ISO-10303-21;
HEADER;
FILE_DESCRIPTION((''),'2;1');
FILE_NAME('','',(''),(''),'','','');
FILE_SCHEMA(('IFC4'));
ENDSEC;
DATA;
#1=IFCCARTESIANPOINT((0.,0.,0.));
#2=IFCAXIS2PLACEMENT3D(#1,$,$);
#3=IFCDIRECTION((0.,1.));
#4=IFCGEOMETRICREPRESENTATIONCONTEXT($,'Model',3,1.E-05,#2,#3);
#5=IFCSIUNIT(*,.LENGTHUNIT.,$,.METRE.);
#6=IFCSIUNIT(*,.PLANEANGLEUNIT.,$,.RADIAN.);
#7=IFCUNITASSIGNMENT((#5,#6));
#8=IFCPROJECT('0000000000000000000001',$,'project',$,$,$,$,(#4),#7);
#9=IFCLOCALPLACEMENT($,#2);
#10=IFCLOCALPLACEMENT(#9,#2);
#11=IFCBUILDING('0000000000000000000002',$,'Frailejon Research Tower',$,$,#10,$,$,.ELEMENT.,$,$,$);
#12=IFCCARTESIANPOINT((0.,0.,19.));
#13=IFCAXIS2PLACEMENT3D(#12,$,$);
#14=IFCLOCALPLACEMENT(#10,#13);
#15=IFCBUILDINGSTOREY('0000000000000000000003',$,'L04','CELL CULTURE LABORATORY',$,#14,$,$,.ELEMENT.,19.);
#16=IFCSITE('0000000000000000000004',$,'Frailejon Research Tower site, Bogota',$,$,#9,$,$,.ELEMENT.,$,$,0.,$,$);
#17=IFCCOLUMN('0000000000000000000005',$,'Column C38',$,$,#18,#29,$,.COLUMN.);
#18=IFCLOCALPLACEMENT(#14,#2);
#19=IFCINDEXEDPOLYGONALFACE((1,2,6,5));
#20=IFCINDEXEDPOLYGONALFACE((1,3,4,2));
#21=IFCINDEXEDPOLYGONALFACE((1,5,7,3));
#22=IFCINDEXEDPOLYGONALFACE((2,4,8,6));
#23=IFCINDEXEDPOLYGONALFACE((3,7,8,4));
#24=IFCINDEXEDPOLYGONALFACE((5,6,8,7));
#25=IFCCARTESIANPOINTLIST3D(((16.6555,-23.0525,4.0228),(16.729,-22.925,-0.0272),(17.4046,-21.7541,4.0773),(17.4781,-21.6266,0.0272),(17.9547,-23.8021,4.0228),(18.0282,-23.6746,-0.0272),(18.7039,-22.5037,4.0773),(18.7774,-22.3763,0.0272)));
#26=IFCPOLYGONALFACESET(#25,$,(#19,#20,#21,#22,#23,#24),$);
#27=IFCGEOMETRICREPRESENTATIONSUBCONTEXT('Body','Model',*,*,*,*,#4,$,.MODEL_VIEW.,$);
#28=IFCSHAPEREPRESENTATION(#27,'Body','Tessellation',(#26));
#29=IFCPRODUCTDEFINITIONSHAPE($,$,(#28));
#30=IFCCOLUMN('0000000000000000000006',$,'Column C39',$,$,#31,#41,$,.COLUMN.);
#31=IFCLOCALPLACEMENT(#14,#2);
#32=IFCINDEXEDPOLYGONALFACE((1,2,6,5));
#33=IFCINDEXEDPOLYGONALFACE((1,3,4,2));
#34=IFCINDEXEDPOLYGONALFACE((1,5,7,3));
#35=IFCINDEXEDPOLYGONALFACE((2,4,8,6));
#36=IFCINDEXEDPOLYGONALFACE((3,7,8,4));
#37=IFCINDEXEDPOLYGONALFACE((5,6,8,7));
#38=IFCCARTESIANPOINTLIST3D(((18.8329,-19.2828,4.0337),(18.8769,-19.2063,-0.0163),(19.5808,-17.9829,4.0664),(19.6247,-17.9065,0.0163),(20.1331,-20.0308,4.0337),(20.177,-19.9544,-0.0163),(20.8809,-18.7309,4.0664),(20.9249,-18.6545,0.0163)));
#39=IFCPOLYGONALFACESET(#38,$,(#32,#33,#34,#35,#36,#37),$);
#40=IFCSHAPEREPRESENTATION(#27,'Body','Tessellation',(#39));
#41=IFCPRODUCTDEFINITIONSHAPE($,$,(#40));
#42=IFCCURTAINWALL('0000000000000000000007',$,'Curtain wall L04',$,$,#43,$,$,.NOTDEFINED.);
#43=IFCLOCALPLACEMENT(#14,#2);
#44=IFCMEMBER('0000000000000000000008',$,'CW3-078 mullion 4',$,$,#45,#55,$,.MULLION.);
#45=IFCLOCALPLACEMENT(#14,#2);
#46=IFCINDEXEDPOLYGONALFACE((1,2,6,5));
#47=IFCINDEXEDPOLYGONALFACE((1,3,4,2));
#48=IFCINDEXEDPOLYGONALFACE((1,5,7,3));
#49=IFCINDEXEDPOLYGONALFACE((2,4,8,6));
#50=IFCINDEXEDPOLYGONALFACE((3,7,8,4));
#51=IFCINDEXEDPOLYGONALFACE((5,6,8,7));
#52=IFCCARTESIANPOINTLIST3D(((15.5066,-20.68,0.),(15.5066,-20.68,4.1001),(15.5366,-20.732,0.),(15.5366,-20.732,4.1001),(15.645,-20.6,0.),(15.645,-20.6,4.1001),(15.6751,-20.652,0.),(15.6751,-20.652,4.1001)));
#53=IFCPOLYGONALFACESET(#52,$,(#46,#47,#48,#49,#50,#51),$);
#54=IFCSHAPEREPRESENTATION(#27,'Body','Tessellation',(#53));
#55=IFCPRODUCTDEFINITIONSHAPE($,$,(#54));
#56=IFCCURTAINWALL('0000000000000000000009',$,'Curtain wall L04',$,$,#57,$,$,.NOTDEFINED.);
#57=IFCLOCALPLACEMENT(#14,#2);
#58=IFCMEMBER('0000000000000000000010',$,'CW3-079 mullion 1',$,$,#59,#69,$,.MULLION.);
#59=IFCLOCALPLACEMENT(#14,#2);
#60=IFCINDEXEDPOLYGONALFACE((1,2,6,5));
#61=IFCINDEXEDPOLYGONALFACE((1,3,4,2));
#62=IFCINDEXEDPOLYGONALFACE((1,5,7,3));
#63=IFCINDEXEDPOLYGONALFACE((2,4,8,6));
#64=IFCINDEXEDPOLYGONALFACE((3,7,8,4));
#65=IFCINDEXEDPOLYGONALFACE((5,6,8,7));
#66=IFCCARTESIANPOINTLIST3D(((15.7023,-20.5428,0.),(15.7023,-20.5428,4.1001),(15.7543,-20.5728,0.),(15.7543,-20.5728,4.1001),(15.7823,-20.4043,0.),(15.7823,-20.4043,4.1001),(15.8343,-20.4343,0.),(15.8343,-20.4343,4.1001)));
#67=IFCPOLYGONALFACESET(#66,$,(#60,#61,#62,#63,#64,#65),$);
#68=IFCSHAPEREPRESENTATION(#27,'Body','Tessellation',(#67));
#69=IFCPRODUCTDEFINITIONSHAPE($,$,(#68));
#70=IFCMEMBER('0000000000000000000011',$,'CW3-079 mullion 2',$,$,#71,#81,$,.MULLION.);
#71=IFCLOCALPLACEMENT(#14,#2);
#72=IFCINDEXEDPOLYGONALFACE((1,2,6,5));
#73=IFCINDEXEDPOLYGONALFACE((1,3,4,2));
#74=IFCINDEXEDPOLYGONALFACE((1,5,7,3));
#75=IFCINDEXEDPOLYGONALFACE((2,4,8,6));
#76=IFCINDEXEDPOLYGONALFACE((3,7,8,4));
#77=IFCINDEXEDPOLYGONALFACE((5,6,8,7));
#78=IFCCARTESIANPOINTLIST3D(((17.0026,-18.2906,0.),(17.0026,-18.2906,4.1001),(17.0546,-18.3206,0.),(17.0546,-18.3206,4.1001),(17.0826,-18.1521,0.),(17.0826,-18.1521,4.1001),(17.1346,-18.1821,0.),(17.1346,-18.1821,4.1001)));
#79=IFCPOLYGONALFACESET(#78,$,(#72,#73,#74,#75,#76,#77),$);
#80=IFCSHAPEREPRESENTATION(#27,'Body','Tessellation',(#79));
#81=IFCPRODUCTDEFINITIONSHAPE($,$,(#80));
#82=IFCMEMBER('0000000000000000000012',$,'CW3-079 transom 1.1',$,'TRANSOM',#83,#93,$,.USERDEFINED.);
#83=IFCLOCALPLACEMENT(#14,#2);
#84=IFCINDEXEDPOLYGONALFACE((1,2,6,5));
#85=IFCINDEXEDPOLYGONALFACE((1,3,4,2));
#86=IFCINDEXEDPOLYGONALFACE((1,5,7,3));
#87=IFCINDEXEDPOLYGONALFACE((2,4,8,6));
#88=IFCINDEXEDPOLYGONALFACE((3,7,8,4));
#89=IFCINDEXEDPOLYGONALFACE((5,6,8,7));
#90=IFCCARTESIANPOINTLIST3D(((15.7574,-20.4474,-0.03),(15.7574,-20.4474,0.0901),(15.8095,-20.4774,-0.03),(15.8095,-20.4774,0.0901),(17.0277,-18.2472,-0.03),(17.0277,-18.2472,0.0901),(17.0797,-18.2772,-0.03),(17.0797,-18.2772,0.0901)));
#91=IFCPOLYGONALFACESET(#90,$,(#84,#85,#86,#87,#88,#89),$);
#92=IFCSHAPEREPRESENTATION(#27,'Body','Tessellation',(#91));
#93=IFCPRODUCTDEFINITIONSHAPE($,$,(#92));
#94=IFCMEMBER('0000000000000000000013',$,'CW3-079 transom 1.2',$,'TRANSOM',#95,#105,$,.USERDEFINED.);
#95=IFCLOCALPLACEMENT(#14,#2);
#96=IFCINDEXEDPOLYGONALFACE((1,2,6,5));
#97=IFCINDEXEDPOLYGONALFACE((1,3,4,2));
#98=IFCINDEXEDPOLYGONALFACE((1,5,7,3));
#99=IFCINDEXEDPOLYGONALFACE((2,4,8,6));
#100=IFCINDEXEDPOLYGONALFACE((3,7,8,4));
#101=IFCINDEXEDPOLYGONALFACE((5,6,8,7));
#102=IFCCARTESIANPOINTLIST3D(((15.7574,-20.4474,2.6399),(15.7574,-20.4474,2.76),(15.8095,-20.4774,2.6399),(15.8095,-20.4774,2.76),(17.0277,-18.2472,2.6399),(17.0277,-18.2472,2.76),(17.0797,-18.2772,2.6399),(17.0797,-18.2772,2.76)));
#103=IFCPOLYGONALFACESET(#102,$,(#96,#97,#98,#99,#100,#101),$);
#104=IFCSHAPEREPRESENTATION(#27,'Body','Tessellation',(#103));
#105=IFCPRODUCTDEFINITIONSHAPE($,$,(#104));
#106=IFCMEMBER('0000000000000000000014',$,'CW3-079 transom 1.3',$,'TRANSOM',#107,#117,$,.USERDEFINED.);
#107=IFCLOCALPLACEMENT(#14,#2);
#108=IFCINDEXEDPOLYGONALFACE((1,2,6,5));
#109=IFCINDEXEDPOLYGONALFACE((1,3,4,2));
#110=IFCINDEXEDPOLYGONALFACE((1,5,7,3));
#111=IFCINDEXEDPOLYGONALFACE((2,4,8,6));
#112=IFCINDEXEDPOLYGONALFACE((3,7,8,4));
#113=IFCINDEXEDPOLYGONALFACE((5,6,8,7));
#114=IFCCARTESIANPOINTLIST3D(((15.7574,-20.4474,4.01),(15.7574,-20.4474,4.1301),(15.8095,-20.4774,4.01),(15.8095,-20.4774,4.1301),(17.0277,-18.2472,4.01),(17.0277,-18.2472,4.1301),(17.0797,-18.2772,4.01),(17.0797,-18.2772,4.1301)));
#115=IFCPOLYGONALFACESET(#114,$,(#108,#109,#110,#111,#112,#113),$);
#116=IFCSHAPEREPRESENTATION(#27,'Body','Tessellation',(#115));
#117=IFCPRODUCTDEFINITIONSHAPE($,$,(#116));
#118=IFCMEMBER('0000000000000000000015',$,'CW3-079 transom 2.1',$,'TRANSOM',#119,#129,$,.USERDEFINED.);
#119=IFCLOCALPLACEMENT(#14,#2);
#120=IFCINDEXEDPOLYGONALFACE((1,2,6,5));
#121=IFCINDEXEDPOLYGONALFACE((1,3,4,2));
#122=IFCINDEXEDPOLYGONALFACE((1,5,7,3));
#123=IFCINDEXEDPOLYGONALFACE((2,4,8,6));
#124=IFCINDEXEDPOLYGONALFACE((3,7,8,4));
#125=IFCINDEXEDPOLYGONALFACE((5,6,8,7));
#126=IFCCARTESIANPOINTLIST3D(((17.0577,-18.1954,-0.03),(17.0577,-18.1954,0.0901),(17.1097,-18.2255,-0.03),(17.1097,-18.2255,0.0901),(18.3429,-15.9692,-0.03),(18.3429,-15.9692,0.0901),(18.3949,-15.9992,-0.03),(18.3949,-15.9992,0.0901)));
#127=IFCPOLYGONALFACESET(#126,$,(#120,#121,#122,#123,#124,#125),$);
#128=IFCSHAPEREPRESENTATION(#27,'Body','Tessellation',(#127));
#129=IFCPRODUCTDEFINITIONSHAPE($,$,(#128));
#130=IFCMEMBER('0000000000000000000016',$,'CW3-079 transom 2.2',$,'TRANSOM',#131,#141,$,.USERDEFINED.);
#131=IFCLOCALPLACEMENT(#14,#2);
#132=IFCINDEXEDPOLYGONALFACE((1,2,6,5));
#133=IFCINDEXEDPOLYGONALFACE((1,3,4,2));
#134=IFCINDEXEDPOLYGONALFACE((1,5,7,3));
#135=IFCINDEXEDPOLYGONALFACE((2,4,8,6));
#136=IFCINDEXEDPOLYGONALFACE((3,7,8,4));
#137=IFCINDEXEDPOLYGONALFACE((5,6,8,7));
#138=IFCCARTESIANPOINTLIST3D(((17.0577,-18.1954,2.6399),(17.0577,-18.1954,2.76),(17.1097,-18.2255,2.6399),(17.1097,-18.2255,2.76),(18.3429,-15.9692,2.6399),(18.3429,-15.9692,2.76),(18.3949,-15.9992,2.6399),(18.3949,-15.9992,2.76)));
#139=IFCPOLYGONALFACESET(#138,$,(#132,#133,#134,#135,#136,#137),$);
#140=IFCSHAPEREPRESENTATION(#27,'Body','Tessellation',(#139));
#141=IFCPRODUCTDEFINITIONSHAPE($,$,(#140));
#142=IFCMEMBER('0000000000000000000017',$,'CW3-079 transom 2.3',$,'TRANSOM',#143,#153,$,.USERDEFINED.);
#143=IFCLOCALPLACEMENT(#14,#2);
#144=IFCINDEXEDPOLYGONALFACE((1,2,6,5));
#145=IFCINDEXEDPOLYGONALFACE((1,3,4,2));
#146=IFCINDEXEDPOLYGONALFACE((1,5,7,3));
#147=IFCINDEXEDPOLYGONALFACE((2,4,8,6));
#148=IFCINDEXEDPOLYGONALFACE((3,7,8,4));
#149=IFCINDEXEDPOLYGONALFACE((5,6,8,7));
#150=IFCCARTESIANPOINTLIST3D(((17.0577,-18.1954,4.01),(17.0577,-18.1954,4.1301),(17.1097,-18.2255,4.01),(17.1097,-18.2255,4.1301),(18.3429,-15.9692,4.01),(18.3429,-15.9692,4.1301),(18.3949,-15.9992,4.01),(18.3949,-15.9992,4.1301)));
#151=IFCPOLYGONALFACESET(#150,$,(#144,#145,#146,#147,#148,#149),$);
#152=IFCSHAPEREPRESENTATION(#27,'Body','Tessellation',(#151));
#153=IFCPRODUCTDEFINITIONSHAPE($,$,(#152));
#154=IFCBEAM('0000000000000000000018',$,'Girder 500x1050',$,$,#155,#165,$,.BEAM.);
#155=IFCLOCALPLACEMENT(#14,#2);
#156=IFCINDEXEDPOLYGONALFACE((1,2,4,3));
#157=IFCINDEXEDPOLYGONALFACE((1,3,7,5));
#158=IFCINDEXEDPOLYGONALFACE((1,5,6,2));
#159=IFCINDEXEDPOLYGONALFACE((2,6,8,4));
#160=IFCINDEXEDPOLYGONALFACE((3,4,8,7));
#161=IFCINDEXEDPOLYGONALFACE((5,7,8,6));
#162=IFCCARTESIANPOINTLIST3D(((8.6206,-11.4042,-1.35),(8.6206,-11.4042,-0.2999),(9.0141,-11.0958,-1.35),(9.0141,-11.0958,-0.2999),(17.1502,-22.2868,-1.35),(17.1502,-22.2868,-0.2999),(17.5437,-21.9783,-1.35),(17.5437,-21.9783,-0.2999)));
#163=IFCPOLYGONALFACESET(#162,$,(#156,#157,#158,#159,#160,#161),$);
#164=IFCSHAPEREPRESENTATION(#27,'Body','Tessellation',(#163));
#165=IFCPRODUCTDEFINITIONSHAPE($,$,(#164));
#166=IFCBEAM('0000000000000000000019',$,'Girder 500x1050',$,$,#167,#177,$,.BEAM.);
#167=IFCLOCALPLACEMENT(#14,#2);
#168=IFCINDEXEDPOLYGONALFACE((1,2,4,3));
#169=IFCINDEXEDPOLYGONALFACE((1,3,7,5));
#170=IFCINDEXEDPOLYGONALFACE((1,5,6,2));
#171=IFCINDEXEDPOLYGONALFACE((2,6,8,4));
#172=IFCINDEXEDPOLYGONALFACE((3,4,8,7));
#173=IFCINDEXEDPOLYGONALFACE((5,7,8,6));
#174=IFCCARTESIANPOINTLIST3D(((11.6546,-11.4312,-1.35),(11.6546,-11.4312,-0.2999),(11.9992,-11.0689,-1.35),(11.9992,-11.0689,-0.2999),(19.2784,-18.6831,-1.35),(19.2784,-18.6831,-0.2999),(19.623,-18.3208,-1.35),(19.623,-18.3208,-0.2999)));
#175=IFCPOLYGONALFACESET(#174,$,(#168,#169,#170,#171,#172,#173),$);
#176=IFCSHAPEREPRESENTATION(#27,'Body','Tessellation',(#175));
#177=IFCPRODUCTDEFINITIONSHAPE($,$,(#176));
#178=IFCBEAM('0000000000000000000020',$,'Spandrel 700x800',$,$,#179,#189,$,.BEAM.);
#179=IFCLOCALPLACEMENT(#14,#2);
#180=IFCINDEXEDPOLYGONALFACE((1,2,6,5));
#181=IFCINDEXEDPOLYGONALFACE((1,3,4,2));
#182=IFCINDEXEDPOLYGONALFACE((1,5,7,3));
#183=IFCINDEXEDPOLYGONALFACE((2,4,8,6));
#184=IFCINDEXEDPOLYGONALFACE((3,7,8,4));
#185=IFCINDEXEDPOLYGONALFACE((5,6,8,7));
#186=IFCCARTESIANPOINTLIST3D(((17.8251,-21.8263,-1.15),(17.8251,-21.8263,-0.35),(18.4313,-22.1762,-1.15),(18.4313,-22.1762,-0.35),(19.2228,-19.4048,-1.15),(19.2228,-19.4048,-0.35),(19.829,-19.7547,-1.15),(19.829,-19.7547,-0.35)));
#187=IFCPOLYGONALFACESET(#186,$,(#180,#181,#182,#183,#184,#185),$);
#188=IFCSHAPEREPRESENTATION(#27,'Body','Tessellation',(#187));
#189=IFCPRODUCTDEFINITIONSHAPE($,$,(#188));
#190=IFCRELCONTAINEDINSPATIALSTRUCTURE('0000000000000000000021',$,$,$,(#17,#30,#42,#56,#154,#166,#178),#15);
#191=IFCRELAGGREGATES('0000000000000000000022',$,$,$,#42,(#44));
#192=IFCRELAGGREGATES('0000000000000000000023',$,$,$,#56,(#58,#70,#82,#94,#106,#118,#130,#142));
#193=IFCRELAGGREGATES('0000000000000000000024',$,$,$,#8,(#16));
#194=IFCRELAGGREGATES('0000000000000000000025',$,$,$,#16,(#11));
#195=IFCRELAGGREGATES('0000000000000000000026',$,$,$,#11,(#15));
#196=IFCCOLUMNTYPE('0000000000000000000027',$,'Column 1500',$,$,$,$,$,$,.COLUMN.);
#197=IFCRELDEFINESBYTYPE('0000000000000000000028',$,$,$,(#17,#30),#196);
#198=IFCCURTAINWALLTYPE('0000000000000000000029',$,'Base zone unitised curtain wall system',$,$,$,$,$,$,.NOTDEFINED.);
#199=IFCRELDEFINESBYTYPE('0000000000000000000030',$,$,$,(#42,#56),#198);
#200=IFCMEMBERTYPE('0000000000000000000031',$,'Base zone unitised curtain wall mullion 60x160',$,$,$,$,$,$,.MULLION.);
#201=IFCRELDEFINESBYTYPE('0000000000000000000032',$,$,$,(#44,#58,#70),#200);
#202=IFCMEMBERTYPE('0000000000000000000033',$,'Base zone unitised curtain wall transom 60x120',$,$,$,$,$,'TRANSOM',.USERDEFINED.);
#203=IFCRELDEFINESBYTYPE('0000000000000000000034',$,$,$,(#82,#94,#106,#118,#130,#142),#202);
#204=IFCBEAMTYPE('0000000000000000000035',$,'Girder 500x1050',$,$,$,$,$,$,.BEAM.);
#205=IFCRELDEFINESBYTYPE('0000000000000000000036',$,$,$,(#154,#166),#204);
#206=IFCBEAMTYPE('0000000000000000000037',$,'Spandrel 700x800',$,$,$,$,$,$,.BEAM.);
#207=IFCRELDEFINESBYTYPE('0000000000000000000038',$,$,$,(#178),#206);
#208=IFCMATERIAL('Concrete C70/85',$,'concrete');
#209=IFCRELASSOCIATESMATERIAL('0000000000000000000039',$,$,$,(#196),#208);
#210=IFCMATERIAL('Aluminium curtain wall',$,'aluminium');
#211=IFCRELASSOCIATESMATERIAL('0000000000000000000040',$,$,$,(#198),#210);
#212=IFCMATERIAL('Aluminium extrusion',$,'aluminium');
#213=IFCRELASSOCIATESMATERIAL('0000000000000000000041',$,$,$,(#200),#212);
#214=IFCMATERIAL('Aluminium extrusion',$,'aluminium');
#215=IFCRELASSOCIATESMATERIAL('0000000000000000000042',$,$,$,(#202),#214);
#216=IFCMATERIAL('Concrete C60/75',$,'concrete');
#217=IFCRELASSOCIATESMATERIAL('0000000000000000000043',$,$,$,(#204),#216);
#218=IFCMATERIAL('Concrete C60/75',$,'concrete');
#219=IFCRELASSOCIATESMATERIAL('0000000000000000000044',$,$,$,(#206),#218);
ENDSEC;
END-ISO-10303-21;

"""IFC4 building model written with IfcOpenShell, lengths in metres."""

from ifc_helpers import new_model, si_unit, direction, frame, origin, origin_2d, place, context, subcontext, project, spatial, rectangle, extrude, material, material_profile, profile_set, type_object, element, aggregate, save


model = new_model("IFC4")

# Units and contexts
model_context = context("Model", 3, precision=1e-05, world=origin(), true_north=direction((0.0, 1.0)))
body_context = subcontext(model_context, "Body", "Model", "MODEL_VIEW")
ifc_project = project(units=[si_unit("LENGTHUNIT", "METRE"), si_unit("PLANEANGLEUNIT", "RADIAN")], contexts=[model_context])

# Site, building, storey
site_placement = place(None, origin())
site = spatial("IfcSite", under=ifc_project, at=site_placement, Name="Frailejon Research Tower site, Bogota", CompositionType="ELEMENT", RefElevation=0.0)
building_placement = place(site_placement, origin())
building = spatial("IfcBuilding", under=site, at=building_placement, Name="Frailejon Research Tower", CompositionType="ELEMENT")
storey_placement = place(building_placement, frame((0.0, 0.0, 19.0)))
storey = spatial("IfcBuildingStorey", under=building, at=storey_placement, Name="L04", Description="CELL CULTURE LABORATORY", CompositionType="ELEMENT", Elevation=19.0)

# Columns
ifc_material_1 = material(Name="Concrete C70/85", Category="concrete")
ifc_material_profile_1 = material_profile(ifc_material_1, rectangle(XDim=1.5, YDim=1.5, at=origin_2d()), Name="Column 1500")
ifc_profile_set_1 = profile_set([ifc_material_profile_1], Name="Concrete C70/85")
column_type = type_object("IfcColumnType", Name="Column 1500", PredefinedType="COLUMN", material=ifc_profile_set_1)
column_1_placement = place(storey_placement, frame((17.7532, -22.6506, 0.0), z_axis=(-0.018133, -0.031446, 0.999341), x_axis=(0.499425, 0.865596, 0.036299)))
element("IfcColumn", 1, at=column_1_placement, inside=storey, type_object=column_type, Name="Column C38", PredefinedType="COLUMN", context=body_context, shape_type="SweptSolid", body=[
    extrude(rectangle(XDim=1.5, YDim=1.5, at=origin_2d()), origin(), (0.0, 0.0, 1.0), 4.0527),
])
column_2_placement = place(storey_placement, frame((19.9009, -18.9304, 0.0), z_axis=(-0.010848, -0.018863, 0.999763), x_axis=(0.498562, 0.866581, 0.02176)))
element("IfcColumn", 2, at=column_2_placement, inside=storey, type_object=column_type, Name="Column C39", PredefinedType="COLUMN", context=body_context, shape_type="SweptSolid", body=[
    extrude(rectangle(XDim=1.5, YDim=1.5, at=origin_2d()), origin(), (0.0, 0.0, 1.0), 4.051),
])

# Curtain wall, member
ifc_material_2 = material(Name="Aluminium curtain wall", Category="aluminium")
curtain_wall_type = type_object("IfcCurtainWallType", Name="Base zone unitised curtain wall system", PredefinedType="NOTDEFINED", material=ifc_material_2)
curtain_wall_1_placement = place(storey_placement, origin())
curtain_wall_1 = element("IfcCurtainWall", 3, at=curtain_wall_1_placement, inside=storey, type_object=curtain_wall_type, Name="Curtain wall L04", PredefinedType="NOTDEFINED")
ifc_material_3 = material(Name="Aluminium extrusion", Category="aluminium")
ifc_material_profile_2 = material_profile(ifc_material_3, rectangle(XDim=0.0601, YDim=0.1599, at=origin_2d()), Name="Base zone unitised curtain wall mullion 60x160")
ifc_profile_set_2 = profile_set([ifc_material_profile_2], Name="Aluminium extrusion")
member_type_1 = type_object("IfcMemberType", Name="Base zone unitised curtain wall mullion 60x160", PredefinedType="MULLION", material=ifc_profile_set_2)
member_1_placement = place(storey_placement, frame((15.5908, -20.666, 0.0), z_axis=(0.0, 0.0, 1.0), x_axis=(-0.499998, 0.866026, 0.0)))
member_1 = element("IfcMember", 4, at=member_1_placement, type_object=member_type_1, Name="CW3-078 mullion 4", PredefinedType="MULLION", context=body_context, shape_type="SweptSolid", body=[
    extrude(rectangle(XDim=0.0601, YDim=0.1599, at=origin_2d()), origin(), (0.0, 0.0, 1.0), 4.1001),
])
aggregate(curtain_wall_1, [member_1])

# Curtain wall, members
curtain_wall_2_placement = place(storey_placement, origin())
curtain_wall_2 = element("IfcCurtainWall", 5, at=curtain_wall_2_placement, inside=storey, type_object=curtain_wall_type, Name="Curtain wall L04", PredefinedType="NOTDEFINED")
member_2_placement = place(storey_placement, frame((15.7683, -20.4885, 0.0), z_axis=(0.0, 0.0, 1.0), x_axis=(-0.866027, 0.499997, 0.0)))
member_2 = element("IfcMember", 6, at=member_2_placement, type_object=member_type_1, Name="CW3-079 mullion 1", PredefinedType="MULLION", context=body_context, shape_type="SweptSolid", body=[
    extrude(rectangle(XDim=0.0601, YDim=0.1599, at=origin_2d()), origin(), (0.0, 0.0, 1.0), 4.1001),
])
member_3_placement = place(storey_placement, frame((17.0686, -18.2363, 0.0), z_axis=(0.0, 0.0, 1.0), x_axis=(-0.866027, 0.499997, 0.0)))
member_3 = element("IfcMember", 7, at=member_3_placement, type_object=member_type_1, Name="CW3-079 mullion 2", PredefinedType="MULLION", context=body_context, shape_type="SweptSolid", body=[
    extrude(rectangle(XDim=0.0601, YDim=0.1599, at=origin_2d()), origin(), (0.0, 0.0, 1.0), 4.1001),
])
ifc_material_4 = material(Name="Aluminium extrusion", Category="aluminium")
ifc_material_profile_3 = material_profile(ifc_material_4, rectangle(XDim=0.0601, YDim=0.1201, at=origin_2d()), Name="Base zone unitised curtain wall transom 60x120")
ifc_profile_set_3 = profile_set([ifc_material_profile_3], Name="Aluminium extrusion")
member_type_2 = type_object("IfcMemberType", Name="Base zone unitised curtain wall transom 60x120", ElementType="TRANSOM", PredefinedType="USERDEFINED", material=ifc_profile_set_3)
member_4_placement = place(storey_placement, frame((15.7834, -20.4624, 0.03), z_axis=(0.499994, 0.866029, 0.0), x_axis=(-0.866029, 0.499994, 0.0)))
member_4 = element("IfcMember", 8, at=member_4_placement, type_object=member_type_2, Name="CW3-079 transom 1.1", ObjectType="TRANSOM", PredefinedType="USERDEFINED", context=body_context, shape_type="SweptSolid", body=[
    extrude(rectangle(XDim=0.0601, YDim=0.1201, at=origin_2d()), origin(), (0.0, 0.0, 1.0), 2.5405),
])
member_5_placement = place(storey_placement, frame((15.7834, -20.4624, 2.7), z_axis=(0.499994, 0.866029, 0.0), x_axis=(-0.866029, 0.499994, 0.0)))
member_5 = element("IfcMember", 9, at=member_5_placement, type_object=member_type_2, Name="CW3-079 transom 1.2", ObjectType="TRANSOM", PredefinedType="USERDEFINED", context=body_context, shape_type="SweptSolid", body=[
    extrude(rectangle(XDim=0.0601, YDim=0.1201, at=origin_2d()), origin(), (0.0, 0.0, 1.0), 2.5405),
])
member_6_placement = place(storey_placement, frame((15.7834, -20.4624, 4.0701), z_axis=(0.499994, 0.866029, 0.0), x_axis=(-0.866029, 0.499994, 0.0)))
member_6 = element("IfcMember", 10, at=member_6_placement, type_object=member_type_2, Name="CW3-079 transom 1.3", ObjectType="TRANSOM", PredefinedType="USERDEFINED", context=body_context, shape_type="SweptSolid", body=[
    extrude(rectangle(XDim=0.0601, YDim=0.1201, at=origin_2d()), origin(), (0.0, 0.0, 1.0), 2.5405),
])
member_7_placement = place(storey_placement, frame((17.0837, -18.2104, 0.03), z_axis=(0.499939, 0.866061, 0.0), x_axis=(-0.866061, 0.499939, 0.0)))
member_7 = element("IfcMember", 11, at=member_7_placement, type_object=member_type_2, Name="CW3-079 transom 2.1", ObjectType="TRANSOM", PredefinedType="USERDEFINED", context=body_context, shape_type="SweptSolid", body=[
    extrude(rectangle(XDim=0.0601, YDim=0.1201, at=origin_2d()), origin(), (0.0, 0.0, 1.0), 2.5706),
])
member_8_placement = place(storey_placement, frame((17.0837, -18.2104, 2.7), z_axis=(0.499939, 0.866061, 0.0), x_axis=(-0.866061, 0.499939, 0.0)))
member_8 = element("IfcMember", 12, at=member_8_placement, type_object=member_type_2, Name="CW3-079 transom 2.2", ObjectType="TRANSOM", PredefinedType="USERDEFINED", context=body_context, shape_type="SweptSolid", body=[
    extrude(rectangle(XDim=0.0601, YDim=0.1201, at=origin_2d()), origin(), (0.0, 0.0, 1.0), 2.5706),
])
member_9_placement = place(storey_placement, frame((17.0837, -18.2104, 4.0701), z_axis=(0.499939, 0.866061, 0.0), x_axis=(-0.866061, 0.499939, 0.0)))
member_9 = element("IfcMember", 13, at=member_9_placement, type_object=member_type_2, Name="CW3-079 transom 2.3", ObjectType="TRANSOM", PredefinedType="USERDEFINED", context=body_context, shape_type="SweptSolid", body=[
    extrude(rectangle(XDim=0.0601, YDim=0.1201, at=origin_2d()), origin(), (0.0, 0.0, 1.0), 2.5706),
])

# Beams
ifc_material_5 = material(Name="Concrete C60/75", Category="concrete")
ifc_material_profile_4 = material_profile(ifc_material_5, rectangle(XDim=0.5, YDim=1.05, at=origin_2d()), Name="Girder 500x1050")
ifc_profile_set_4 = profile_set([ifc_material_profile_4], Name="Concrete C60/75")
beam_type_1 = type_object("IfcBeamType", Name="Girder 500x1050", PredefinedType="BEAM", material=ifc_profile_set_4)
beam_1_placement = place(storey_placement, frame((17.3469, -22.1326, -0.825), z_axis=(-0.61688, 0.787057, 0.0), x_axis=(-0.787057, -0.61688, 0.0)))
element("IfcBeam", 14, at=beam_1_placement, inside=storey, type_object=beam_type_1, Name="Girder 500x1050", PredefinedType="BEAM", context=body_context, shape_type="SweptSolid", body=[
    extrude(rectangle(XDim=0.5, YDim=1.05, at=origin_2d()), origin(), (0.0, 0.0, 1.0), 13.8269),
])
beam_2_placement = place(storey_placement, frame((19.4507, -18.502, -0.825), z_axis=(-0.724555, 0.689217, 0.0), x_axis=(-0.689217, -0.724555, 0.0)))
element("IfcBeam", 15, at=beam_2_placement, inside=storey, type_object=beam_type_1, Name="Girder 500x1050", PredefinedType="BEAM", context=body_context, shape_type="SweptSolid", body=[
    extrude(rectangle(XDim=0.5, YDim=1.05, at=origin_2d()), origin(), (0.0, 0.0, 1.0), 10.522),
])
ifc_material_6 = material(Name="Concrete C60/75", Category="concrete")
ifc_material_profile_5 = material_profile(ifc_material_6, rectangle(XDim=0.7, YDim=0.8, at=origin_2d()), Name="Spandrel 700x800")
ifc_profile_set_5 = profile_set([ifc_material_profile_5], Name="Concrete C60/75")
beam_type_2 = type_object("IfcBeamType", Name="Spandrel 700x800", PredefinedType="BEAM", material=ifc_profile_set_5)
for number, where, z_axis, x_axis, name in (
    (16, (18.1282, -22.0012, -0.75), (0.499924, 0.866069, 0.0), (-0.866069, 0.499924, 0.0), "Spandrel 700x800"),
):
    element("IfcBeam", number, at=place(storey_placement, frame(where, z_axis=z_axis, x_axis=x_axis)), inside=storey, type_object=beam_type_2, Name=name, PredefinedType="BEAM", context=body_context, shape_type="SweptSolid", body=[
        extrude(rectangle(XDim=0.7, YDim=0.8, at=origin_2d()), origin(), (0.0, 0.0, 1.0), 2.7959),
    ])

aggregate(curtain_wall_2, [member_2, member_3, member_4, member_5, member_6, member_7, member_8, member_9])

save(model, "model.ifc")
